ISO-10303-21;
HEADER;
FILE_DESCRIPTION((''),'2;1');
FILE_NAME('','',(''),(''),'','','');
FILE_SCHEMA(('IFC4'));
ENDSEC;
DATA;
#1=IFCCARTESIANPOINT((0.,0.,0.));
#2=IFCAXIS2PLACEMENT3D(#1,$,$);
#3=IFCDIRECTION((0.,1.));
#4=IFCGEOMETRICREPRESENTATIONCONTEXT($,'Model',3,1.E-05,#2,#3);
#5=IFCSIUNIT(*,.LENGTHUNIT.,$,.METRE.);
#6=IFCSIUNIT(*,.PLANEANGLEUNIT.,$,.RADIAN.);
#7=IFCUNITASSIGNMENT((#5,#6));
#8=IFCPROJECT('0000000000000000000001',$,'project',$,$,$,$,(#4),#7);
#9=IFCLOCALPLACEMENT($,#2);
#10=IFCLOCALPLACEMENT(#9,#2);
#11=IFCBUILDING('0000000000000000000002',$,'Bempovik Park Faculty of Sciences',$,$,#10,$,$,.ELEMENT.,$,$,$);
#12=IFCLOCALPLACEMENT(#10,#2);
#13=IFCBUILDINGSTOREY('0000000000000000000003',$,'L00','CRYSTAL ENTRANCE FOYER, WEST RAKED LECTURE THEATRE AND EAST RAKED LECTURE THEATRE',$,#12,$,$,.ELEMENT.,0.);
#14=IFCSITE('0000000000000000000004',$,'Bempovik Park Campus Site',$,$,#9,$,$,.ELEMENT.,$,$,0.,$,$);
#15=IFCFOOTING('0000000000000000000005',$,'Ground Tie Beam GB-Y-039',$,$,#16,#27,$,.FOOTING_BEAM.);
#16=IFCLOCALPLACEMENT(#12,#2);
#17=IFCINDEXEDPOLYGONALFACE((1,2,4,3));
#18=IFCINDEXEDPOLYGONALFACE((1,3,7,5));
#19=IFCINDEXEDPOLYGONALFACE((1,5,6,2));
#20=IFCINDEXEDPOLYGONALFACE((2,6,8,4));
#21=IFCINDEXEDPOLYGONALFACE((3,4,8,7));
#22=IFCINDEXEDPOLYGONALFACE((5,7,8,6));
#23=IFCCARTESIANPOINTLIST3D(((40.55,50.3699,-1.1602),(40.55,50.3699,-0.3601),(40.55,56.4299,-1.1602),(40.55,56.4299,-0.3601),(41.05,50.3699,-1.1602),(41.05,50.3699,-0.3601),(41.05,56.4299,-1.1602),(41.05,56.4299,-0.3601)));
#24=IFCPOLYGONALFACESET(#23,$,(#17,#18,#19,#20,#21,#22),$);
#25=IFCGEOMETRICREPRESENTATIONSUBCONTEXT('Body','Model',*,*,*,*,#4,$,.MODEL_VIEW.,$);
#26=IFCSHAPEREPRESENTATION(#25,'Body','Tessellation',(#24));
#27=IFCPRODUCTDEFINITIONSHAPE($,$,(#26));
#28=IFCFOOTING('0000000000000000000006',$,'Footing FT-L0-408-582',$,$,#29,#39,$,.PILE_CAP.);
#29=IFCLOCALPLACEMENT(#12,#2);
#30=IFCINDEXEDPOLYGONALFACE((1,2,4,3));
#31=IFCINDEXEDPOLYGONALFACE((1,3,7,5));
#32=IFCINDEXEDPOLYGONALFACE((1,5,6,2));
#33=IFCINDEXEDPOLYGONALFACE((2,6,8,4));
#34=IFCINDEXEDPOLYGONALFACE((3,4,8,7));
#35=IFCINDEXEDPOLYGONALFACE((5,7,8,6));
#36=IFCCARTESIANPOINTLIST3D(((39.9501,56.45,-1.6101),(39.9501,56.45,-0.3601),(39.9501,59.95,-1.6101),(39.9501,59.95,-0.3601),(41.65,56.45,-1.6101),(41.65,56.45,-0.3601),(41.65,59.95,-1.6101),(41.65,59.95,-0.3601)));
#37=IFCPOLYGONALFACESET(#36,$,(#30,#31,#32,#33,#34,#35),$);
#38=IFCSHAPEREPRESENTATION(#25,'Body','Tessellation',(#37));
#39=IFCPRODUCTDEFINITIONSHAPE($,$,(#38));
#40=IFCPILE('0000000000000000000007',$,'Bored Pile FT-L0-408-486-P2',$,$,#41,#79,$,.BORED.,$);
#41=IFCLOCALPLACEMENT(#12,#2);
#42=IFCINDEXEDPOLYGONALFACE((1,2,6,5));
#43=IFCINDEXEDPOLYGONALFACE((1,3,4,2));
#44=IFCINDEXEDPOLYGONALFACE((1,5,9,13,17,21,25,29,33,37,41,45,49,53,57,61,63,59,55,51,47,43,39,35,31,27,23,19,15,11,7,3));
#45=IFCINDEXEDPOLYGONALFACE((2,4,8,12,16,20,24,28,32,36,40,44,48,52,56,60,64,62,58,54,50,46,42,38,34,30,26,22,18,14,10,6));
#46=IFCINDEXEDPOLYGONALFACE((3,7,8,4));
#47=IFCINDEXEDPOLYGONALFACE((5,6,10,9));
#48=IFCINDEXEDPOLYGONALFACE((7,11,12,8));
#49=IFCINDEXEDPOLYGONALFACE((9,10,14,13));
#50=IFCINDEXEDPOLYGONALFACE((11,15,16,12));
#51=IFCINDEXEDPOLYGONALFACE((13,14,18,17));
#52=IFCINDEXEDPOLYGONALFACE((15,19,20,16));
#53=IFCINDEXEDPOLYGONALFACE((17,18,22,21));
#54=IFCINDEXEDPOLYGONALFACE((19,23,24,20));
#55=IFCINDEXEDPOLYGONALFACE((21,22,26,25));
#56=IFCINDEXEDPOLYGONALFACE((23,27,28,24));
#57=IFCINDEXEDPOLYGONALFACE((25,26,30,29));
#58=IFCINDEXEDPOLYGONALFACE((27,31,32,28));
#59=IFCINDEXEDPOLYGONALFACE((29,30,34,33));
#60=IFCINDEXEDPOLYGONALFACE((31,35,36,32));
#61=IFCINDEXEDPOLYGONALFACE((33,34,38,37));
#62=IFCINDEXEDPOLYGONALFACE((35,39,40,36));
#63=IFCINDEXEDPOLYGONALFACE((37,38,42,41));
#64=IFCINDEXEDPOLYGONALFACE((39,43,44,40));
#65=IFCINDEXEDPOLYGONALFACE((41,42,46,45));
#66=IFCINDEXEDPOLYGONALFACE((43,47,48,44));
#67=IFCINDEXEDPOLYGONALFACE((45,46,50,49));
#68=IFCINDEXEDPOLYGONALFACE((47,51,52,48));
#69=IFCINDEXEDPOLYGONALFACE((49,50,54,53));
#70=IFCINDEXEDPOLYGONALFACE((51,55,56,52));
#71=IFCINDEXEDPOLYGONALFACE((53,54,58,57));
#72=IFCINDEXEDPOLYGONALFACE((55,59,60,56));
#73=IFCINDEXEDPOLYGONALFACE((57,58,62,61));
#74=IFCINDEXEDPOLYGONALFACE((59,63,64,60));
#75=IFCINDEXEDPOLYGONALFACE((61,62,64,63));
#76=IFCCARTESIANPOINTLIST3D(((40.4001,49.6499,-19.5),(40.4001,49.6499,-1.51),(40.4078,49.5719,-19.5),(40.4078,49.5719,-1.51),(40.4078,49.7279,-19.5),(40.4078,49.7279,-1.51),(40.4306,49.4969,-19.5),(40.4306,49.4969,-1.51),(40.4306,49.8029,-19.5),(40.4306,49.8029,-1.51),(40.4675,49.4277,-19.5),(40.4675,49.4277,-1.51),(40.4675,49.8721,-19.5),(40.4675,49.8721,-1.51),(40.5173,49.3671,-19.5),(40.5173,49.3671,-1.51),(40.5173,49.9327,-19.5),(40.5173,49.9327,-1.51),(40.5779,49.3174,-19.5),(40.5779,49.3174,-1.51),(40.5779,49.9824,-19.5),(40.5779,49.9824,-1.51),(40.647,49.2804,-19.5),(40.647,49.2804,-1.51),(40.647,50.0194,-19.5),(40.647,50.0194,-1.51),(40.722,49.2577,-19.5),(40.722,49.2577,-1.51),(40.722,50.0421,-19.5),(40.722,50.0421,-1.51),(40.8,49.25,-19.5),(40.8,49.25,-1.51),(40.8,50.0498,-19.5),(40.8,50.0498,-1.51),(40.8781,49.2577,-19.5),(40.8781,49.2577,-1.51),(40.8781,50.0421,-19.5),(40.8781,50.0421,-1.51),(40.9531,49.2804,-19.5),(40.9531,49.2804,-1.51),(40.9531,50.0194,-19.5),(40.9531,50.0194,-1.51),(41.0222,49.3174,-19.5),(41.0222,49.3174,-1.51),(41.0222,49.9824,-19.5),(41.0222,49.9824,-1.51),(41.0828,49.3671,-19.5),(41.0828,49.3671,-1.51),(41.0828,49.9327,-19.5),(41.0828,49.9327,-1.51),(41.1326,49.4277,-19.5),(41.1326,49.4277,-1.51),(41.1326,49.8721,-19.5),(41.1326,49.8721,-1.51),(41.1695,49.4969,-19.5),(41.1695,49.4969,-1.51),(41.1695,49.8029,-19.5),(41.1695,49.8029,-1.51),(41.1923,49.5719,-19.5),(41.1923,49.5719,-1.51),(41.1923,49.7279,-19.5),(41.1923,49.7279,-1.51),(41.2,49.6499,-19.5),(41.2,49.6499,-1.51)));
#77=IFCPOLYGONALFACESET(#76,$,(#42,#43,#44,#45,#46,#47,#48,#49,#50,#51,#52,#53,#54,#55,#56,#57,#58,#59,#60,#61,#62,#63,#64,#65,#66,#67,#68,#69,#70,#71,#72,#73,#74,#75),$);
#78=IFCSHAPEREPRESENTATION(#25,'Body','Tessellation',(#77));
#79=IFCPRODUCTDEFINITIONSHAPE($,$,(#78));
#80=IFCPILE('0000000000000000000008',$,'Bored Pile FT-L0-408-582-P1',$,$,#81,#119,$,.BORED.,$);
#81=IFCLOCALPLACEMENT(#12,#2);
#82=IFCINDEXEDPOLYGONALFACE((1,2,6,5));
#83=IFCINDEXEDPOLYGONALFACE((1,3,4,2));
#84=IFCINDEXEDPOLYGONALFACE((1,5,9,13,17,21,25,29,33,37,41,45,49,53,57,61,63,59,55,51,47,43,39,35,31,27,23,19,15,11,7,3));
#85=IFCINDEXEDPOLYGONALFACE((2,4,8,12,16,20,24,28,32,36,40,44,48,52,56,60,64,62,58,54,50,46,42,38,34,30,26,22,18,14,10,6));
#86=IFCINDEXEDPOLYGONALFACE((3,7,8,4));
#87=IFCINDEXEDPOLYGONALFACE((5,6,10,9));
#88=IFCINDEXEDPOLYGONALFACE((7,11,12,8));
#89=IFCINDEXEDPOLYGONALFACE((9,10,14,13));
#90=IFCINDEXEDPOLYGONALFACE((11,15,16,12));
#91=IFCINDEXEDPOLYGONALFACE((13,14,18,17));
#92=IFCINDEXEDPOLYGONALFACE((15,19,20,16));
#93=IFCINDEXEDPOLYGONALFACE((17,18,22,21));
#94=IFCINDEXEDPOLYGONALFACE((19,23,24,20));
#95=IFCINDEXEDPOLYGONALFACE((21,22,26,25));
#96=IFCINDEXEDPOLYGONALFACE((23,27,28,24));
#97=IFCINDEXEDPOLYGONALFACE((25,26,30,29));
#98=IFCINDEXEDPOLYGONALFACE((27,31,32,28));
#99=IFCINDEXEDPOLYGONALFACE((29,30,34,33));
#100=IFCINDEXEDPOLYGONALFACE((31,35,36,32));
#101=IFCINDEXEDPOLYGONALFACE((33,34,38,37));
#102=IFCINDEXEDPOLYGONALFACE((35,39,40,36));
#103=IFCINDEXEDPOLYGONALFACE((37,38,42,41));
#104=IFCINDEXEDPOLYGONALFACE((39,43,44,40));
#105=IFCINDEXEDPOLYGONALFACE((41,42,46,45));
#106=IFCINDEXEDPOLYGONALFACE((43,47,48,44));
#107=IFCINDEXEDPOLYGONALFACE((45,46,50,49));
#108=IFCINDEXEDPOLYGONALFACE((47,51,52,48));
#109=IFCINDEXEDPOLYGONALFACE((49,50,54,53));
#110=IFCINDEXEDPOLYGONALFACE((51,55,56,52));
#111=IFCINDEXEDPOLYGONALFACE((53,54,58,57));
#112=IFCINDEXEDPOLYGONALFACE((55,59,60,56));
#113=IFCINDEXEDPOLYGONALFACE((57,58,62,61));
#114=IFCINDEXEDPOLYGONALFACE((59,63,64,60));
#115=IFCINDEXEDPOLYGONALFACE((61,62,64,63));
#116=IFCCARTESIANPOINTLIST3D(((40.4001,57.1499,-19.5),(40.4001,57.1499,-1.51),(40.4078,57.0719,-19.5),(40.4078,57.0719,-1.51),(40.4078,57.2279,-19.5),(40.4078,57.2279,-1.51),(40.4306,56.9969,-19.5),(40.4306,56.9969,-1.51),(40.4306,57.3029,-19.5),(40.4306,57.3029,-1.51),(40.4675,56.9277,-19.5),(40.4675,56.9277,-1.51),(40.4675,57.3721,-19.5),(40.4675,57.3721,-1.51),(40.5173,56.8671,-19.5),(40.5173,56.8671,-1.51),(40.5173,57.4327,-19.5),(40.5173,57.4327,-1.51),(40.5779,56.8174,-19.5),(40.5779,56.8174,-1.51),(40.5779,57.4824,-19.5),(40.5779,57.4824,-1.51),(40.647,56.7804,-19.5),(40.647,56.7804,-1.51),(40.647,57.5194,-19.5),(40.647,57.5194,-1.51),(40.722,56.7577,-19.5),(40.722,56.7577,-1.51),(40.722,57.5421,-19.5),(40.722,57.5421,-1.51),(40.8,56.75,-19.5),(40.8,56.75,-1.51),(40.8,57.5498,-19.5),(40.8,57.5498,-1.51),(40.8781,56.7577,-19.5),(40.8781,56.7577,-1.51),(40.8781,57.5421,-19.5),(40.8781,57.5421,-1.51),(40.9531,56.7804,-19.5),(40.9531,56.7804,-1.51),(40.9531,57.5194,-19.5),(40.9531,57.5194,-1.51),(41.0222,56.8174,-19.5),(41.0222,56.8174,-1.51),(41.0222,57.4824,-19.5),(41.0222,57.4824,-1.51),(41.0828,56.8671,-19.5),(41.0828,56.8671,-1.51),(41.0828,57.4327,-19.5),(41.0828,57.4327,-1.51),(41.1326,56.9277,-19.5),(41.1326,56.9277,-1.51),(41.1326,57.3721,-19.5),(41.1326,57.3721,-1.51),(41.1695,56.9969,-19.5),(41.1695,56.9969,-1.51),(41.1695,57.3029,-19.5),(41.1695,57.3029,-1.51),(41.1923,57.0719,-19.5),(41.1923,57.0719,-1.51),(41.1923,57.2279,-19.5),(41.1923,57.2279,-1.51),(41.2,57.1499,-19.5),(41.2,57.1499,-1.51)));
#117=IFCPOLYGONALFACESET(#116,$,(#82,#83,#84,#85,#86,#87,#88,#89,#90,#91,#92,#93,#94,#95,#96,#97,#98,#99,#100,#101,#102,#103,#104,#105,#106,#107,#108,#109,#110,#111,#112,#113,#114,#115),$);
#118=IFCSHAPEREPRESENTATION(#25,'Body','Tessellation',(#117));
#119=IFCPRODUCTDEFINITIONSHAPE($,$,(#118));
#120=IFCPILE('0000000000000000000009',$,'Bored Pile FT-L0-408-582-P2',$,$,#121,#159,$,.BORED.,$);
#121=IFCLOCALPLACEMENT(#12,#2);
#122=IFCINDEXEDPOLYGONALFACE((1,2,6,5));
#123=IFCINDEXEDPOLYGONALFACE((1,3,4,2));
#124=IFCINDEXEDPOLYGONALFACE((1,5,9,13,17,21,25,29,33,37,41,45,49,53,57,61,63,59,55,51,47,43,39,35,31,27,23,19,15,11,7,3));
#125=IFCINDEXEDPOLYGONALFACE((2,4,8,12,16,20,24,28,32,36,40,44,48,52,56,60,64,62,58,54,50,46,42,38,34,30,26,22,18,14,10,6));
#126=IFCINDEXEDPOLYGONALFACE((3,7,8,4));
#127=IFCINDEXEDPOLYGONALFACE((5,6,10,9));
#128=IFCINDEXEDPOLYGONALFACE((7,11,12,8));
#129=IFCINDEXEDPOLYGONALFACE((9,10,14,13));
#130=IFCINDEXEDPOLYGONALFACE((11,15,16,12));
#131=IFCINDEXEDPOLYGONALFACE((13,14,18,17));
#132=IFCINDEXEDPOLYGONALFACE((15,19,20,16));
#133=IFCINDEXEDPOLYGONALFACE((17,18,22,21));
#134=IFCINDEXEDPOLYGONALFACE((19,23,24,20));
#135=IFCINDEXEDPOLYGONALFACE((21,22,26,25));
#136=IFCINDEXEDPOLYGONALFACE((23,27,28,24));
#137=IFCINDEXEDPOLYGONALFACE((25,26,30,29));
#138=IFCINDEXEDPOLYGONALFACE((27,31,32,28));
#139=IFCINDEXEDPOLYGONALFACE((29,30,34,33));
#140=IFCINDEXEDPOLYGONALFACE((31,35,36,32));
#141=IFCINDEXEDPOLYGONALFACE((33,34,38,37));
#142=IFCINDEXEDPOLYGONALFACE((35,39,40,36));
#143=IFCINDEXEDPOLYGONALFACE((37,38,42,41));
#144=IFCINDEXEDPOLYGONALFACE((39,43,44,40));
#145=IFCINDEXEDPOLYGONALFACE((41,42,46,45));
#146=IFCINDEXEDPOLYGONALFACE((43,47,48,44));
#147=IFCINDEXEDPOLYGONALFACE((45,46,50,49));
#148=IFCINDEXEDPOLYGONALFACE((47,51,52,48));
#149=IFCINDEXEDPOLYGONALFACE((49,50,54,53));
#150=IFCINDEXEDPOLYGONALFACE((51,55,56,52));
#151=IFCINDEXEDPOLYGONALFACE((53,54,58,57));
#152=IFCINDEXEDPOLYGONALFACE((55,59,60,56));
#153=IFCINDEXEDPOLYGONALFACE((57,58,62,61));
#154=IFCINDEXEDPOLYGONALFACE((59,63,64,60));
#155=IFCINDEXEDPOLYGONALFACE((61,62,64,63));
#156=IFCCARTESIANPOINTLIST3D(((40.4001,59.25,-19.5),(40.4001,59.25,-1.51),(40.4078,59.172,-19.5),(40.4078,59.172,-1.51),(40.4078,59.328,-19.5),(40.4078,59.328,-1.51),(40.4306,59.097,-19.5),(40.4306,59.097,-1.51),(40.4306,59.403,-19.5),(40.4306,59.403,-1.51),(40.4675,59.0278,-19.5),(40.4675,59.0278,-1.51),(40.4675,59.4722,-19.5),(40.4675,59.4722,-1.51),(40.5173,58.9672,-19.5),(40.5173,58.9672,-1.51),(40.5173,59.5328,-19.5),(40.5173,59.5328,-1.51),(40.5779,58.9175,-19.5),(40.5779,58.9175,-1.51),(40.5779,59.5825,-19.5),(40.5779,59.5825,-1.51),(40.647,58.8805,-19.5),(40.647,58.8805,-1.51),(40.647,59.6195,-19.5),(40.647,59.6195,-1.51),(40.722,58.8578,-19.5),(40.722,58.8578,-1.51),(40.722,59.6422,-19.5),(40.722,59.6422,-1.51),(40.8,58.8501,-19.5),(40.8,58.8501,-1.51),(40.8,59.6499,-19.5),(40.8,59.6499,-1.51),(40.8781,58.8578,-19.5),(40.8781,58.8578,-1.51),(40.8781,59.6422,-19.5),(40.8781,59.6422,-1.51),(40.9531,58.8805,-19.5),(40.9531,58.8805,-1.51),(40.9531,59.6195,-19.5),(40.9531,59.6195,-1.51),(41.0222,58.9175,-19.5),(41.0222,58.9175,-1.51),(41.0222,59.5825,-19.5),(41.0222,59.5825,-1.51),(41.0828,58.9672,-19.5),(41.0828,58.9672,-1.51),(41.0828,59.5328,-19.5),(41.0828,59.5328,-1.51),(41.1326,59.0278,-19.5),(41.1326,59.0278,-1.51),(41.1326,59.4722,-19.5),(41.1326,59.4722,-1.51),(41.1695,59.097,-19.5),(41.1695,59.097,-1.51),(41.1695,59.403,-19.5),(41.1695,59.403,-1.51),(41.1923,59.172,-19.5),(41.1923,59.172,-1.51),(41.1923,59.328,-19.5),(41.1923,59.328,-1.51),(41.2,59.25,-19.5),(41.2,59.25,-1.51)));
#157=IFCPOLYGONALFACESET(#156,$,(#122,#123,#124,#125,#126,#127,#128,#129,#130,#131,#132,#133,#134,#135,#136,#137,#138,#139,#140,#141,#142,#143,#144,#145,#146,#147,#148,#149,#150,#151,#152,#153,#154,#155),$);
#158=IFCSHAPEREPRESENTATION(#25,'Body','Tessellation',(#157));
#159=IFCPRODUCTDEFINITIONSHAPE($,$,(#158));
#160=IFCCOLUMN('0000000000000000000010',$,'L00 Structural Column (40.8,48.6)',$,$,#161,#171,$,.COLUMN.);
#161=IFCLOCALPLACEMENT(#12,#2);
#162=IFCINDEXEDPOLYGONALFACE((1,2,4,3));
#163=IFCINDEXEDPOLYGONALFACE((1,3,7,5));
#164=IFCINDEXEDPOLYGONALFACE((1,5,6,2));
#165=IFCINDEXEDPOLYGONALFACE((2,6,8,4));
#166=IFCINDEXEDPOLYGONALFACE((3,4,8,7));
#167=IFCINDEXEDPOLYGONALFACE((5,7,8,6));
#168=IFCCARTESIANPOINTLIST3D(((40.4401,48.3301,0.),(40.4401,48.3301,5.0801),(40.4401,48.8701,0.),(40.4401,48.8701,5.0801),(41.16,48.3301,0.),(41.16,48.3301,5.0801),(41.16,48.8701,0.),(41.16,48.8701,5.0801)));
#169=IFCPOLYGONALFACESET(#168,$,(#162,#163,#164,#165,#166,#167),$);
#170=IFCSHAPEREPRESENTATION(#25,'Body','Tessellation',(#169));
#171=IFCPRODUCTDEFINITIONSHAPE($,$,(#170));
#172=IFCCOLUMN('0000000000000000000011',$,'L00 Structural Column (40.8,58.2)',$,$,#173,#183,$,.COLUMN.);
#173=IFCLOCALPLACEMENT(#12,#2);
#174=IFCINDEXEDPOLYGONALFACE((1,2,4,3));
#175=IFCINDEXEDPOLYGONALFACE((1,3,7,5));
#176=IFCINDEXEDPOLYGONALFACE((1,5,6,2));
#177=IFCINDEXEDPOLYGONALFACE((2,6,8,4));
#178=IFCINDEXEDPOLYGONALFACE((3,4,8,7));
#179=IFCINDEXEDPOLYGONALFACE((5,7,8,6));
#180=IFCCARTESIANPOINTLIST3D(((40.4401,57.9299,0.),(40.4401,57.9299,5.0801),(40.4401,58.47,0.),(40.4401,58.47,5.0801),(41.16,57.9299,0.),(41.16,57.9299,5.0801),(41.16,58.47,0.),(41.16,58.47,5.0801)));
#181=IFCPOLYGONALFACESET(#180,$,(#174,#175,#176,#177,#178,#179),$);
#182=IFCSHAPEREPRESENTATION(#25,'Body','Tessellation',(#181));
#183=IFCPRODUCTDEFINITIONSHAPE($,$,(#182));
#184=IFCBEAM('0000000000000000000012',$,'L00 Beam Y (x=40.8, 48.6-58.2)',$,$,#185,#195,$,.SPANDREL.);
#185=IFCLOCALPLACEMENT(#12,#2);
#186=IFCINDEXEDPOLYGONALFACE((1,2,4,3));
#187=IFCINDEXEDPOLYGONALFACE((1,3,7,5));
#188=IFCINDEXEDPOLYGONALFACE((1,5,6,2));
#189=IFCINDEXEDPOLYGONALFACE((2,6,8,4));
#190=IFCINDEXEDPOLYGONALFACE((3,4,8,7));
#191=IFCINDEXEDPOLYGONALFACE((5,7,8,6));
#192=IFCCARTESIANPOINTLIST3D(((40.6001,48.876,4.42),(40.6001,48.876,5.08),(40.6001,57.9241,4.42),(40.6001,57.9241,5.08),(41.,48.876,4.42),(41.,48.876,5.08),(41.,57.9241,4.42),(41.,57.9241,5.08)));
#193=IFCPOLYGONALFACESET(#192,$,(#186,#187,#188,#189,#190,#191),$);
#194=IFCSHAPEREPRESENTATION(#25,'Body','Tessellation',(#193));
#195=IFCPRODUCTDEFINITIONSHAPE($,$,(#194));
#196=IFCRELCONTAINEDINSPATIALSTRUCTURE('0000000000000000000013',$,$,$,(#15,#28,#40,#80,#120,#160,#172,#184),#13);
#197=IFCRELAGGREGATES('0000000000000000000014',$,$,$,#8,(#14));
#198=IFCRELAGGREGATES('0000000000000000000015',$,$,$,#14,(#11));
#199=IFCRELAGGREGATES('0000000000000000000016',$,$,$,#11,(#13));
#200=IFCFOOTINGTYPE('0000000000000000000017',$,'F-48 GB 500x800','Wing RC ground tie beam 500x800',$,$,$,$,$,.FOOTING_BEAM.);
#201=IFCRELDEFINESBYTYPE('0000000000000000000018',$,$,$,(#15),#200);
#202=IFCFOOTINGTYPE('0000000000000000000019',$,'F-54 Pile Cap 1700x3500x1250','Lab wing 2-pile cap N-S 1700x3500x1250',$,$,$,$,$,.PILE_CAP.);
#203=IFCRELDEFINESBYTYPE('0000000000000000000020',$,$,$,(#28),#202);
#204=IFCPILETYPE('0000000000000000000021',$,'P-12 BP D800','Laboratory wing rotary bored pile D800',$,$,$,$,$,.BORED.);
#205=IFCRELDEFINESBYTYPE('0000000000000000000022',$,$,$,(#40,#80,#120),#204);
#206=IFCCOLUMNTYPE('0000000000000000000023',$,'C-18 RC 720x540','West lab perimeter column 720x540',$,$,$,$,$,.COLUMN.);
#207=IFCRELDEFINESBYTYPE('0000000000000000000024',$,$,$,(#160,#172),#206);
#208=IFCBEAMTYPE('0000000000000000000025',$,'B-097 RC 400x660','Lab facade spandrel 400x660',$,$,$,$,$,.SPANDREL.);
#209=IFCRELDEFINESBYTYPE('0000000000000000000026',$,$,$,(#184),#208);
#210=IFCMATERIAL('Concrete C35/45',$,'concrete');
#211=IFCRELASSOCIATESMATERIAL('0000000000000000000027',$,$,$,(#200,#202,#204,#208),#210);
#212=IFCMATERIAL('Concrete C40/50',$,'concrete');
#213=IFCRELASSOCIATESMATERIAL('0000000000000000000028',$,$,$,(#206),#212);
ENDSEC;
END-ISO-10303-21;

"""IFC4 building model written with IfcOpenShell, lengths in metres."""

from ifc_helpers import new_model, si_unit, direction, frame, origin, origin_2d, place, context, subcontext, project, spatial, rectangle, circle, extrude, material, material_profile, profile_set, type_object, element, save


model = new_model("IFC4")

# Units and contexts
model_context = context("Model", 3, precision=1e-05, world=origin(), true_north=direction((0.0, 1.0)))
body_context = subcontext(model_context, "Body", "Model", "MODEL_VIEW")
ifc_project = project(units=[si_unit("LENGTHUNIT", "METRE"), si_unit("PLANEANGLEUNIT", "RADIAN")], contexts=[model_context])

# Site, building, storey
site_placement = place(None, origin())
site = spatial("IfcSite", under=ifc_project, at=site_placement, Name="Bempovik Park Campus Site", CompositionType="ELEMENT", RefElevation=0.0)
building_placement = place(site_placement, origin())
building = spatial("IfcBuilding", under=site, at=building_placement, Name="Bempovik Park Faculty of Sciences", CompositionType="ELEMENT")
storey_placement = place(building_placement, origin())
storey = spatial("IfcBuildingStorey", under=building, at=storey_placement, Name="L00", Description="CRYSTAL ENTRANCE FOYER, WEST RAKED LECTURE THEATRE AND EAST RAKED LECTURE THEATRE", CompositionType="ELEMENT", Elevation=0.0)

# Footings
ifc_material_1 = material(Name="Concrete C35/45", Category="concrete")
footing_type_1 = type_object("IfcFootingType", Name="F-48 GB 500x800", Description="Wing RC ground tie beam 500x800", PredefinedType="FOOTING_BEAM", material=ifc_material_1)
footing_1_placement = place(storey_placement, frame((40.8, 53.3999, -1.1602), z_axis=(0.0, 0.0, 1.0), x_axis=(1.0, 0.0, 0.0)))
element("IfcFooting", 1, at=footing_1_placement, inside=storey, type_object=footing_type_1, Name="Ground Tie Beam GB-Y-039", PredefinedType="FOOTING_BEAM", context=body_context, shape_type="SweptSolid", body=[
    extrude(rectangle(XDim=0.5, YDim=6.0601, at=origin_2d()), origin(), (0.0, 0.0, 1.0), 0.8),
])
footing_type_2 = type_object("IfcFootingType", Name="F-54 Pile Cap 1700x3500x1250", Description="Lab wing 2-pile cap N-S 1700x3500x1250", PredefinedType="PILE_CAP", material=ifc_material_1)
footing_2_placement = place(storey_placement, frame((40.8, 58.2, -1.6101), z_axis=(0.0, 0.0, 1.0), x_axis=(1.0, 0.0, 0.0)))
element("IfcFooting", 2, at=footing_2_placement, inside=storey, type_object=footing_type_2, Name="Footing FT-L0-408-582", PredefinedType="PILE_CAP", context=body_context, shape_type="SweptSolid", body=[
    extrude(rectangle(XDim=1.7, YDim=3.5, at=origin_2d()), origin(), (0.0, 0.0, 1.0), 1.25),
])

# Piles
ifc_material_profile_1 = material_profile(ifc_material_1, circle(Radius=0.3999, at=origin_2d()), Name="BP D800")
ifc_profile_set_1 = profile_set([ifc_material_profile_1], Name="Concrete C35/45")
pile_type = type_object("IfcPileType", Name="P-12 BP D800", Description="Laboratory wing rotary bored pile D800", PredefinedType="BORED", material=ifc_profile_set_1)
for number, where, z_axis, x_axis, name in (
    (3, (40.8, 49.6499, -1.51), (0.0, 0.0, -1.0), (1.0, 0.0, 0.0), "Bored Pile FT-L0-408-486-P2"),
    (4, (40.8, 57.1499, -1.51), (0.0, 0.0, -1.0), (1.0, 0.0, 0.0), "Bored Pile FT-L0-408-582-P1"),
    (5, (40.8, 59.25, -1.51), (0.0, 0.0, -1.0), (1.0, 0.0, 0.0), "Bored Pile FT-L0-408-582-P2"),
):
    element("IfcPile", number, at=place(storey_placement, frame(where, z_axis=z_axis, x_axis=x_axis)), inside=storey, type_object=pile_type, Name=name, PredefinedType="BORED", context=body_context, shape_type="SweptSolid", body=[
        extrude(circle(Radius=0.3999, at=origin_2d()), origin(), (0.0, 0.0, 1.0), 17.99),
    ])

# Columns
ifc_material_2 = material(Name="Concrete C40/50", Category="concrete")
ifc_material_profile_2 = material_profile(ifc_material_2, rectangle(XDim=0.72, YDim=0.54, at=origin_2d()), Name="RC 720x540")
ifc_profile_set_2 = profile_set([ifc_material_profile_2], Name="Concrete C40/50")
column_type = type_object("IfcColumnType", Name="C-18 RC 720x540", Description="West lab perimeter column 720x540", PredefinedType="COLUMN", material=ifc_profile_set_2)
for number, where, z_axis, x_axis, name in (
    (6, (40.8, 48.6001, 0.0), (0.0, 0.0, 1.0), (1.0, 0.0, 0.0), "L00 Structural Column (40.8,48.6)"),
    (7, (40.8, 58.2, 0.0), (0.0, 0.0, 1.0), (1.0, 0.0, 0.0), "L00 Structural Column (40.8,58.2)"),
):
    element("IfcColumn", number, at=place(storey_placement, frame(where, z_axis=z_axis, x_axis=x_axis)), inside=storey, type_object=column_type, Name=name, PredefinedType="COLUMN", context=body_context, shape_type="SweptSolid", body=[
        extrude(rectangle(XDim=0.72, YDim=0.54, at=origin_2d()), origin(), (0.0, 0.0, 1.0), 5.0801),
    ])

# Beam
ifc_material_profile_3 = material_profile(ifc_material_1, rectangle(XDim=0.3999, YDim=0.6599, at=origin_2d()), Name="RC 400x660")
ifc_profile_set_3 = profile_set([ifc_material_profile_3], Name="Concrete C35/45")
beam_type = type_object("IfcBeamType", Name="B-097 RC 400x660", Description="Lab facade spandrel 400x660", PredefinedType="SPANDREL", material=ifc_profile_set_3)
beam_1_placement = place(storey_placement, frame((40.8, 48.876, 4.75), z_axis=(0.0, 1.0, 0.0), x_axis=(-1.0, 0.0, 0.0)))
element("IfcBeam", 8, at=beam_1_placement, inside=storey, type_object=beam_type, Name="L00 Beam Y (x=40.8, 48.6-58.2)", PredefinedType="SPANDREL", context=body_context, shape_type="SweptSolid", body=[
    extrude(rectangle(XDim=0.3999, YDim=0.6599, at=origin_2d()), origin(), (0.0, 0.0, 1.0), 9.0481),
])

save(model, "model.ifc")
